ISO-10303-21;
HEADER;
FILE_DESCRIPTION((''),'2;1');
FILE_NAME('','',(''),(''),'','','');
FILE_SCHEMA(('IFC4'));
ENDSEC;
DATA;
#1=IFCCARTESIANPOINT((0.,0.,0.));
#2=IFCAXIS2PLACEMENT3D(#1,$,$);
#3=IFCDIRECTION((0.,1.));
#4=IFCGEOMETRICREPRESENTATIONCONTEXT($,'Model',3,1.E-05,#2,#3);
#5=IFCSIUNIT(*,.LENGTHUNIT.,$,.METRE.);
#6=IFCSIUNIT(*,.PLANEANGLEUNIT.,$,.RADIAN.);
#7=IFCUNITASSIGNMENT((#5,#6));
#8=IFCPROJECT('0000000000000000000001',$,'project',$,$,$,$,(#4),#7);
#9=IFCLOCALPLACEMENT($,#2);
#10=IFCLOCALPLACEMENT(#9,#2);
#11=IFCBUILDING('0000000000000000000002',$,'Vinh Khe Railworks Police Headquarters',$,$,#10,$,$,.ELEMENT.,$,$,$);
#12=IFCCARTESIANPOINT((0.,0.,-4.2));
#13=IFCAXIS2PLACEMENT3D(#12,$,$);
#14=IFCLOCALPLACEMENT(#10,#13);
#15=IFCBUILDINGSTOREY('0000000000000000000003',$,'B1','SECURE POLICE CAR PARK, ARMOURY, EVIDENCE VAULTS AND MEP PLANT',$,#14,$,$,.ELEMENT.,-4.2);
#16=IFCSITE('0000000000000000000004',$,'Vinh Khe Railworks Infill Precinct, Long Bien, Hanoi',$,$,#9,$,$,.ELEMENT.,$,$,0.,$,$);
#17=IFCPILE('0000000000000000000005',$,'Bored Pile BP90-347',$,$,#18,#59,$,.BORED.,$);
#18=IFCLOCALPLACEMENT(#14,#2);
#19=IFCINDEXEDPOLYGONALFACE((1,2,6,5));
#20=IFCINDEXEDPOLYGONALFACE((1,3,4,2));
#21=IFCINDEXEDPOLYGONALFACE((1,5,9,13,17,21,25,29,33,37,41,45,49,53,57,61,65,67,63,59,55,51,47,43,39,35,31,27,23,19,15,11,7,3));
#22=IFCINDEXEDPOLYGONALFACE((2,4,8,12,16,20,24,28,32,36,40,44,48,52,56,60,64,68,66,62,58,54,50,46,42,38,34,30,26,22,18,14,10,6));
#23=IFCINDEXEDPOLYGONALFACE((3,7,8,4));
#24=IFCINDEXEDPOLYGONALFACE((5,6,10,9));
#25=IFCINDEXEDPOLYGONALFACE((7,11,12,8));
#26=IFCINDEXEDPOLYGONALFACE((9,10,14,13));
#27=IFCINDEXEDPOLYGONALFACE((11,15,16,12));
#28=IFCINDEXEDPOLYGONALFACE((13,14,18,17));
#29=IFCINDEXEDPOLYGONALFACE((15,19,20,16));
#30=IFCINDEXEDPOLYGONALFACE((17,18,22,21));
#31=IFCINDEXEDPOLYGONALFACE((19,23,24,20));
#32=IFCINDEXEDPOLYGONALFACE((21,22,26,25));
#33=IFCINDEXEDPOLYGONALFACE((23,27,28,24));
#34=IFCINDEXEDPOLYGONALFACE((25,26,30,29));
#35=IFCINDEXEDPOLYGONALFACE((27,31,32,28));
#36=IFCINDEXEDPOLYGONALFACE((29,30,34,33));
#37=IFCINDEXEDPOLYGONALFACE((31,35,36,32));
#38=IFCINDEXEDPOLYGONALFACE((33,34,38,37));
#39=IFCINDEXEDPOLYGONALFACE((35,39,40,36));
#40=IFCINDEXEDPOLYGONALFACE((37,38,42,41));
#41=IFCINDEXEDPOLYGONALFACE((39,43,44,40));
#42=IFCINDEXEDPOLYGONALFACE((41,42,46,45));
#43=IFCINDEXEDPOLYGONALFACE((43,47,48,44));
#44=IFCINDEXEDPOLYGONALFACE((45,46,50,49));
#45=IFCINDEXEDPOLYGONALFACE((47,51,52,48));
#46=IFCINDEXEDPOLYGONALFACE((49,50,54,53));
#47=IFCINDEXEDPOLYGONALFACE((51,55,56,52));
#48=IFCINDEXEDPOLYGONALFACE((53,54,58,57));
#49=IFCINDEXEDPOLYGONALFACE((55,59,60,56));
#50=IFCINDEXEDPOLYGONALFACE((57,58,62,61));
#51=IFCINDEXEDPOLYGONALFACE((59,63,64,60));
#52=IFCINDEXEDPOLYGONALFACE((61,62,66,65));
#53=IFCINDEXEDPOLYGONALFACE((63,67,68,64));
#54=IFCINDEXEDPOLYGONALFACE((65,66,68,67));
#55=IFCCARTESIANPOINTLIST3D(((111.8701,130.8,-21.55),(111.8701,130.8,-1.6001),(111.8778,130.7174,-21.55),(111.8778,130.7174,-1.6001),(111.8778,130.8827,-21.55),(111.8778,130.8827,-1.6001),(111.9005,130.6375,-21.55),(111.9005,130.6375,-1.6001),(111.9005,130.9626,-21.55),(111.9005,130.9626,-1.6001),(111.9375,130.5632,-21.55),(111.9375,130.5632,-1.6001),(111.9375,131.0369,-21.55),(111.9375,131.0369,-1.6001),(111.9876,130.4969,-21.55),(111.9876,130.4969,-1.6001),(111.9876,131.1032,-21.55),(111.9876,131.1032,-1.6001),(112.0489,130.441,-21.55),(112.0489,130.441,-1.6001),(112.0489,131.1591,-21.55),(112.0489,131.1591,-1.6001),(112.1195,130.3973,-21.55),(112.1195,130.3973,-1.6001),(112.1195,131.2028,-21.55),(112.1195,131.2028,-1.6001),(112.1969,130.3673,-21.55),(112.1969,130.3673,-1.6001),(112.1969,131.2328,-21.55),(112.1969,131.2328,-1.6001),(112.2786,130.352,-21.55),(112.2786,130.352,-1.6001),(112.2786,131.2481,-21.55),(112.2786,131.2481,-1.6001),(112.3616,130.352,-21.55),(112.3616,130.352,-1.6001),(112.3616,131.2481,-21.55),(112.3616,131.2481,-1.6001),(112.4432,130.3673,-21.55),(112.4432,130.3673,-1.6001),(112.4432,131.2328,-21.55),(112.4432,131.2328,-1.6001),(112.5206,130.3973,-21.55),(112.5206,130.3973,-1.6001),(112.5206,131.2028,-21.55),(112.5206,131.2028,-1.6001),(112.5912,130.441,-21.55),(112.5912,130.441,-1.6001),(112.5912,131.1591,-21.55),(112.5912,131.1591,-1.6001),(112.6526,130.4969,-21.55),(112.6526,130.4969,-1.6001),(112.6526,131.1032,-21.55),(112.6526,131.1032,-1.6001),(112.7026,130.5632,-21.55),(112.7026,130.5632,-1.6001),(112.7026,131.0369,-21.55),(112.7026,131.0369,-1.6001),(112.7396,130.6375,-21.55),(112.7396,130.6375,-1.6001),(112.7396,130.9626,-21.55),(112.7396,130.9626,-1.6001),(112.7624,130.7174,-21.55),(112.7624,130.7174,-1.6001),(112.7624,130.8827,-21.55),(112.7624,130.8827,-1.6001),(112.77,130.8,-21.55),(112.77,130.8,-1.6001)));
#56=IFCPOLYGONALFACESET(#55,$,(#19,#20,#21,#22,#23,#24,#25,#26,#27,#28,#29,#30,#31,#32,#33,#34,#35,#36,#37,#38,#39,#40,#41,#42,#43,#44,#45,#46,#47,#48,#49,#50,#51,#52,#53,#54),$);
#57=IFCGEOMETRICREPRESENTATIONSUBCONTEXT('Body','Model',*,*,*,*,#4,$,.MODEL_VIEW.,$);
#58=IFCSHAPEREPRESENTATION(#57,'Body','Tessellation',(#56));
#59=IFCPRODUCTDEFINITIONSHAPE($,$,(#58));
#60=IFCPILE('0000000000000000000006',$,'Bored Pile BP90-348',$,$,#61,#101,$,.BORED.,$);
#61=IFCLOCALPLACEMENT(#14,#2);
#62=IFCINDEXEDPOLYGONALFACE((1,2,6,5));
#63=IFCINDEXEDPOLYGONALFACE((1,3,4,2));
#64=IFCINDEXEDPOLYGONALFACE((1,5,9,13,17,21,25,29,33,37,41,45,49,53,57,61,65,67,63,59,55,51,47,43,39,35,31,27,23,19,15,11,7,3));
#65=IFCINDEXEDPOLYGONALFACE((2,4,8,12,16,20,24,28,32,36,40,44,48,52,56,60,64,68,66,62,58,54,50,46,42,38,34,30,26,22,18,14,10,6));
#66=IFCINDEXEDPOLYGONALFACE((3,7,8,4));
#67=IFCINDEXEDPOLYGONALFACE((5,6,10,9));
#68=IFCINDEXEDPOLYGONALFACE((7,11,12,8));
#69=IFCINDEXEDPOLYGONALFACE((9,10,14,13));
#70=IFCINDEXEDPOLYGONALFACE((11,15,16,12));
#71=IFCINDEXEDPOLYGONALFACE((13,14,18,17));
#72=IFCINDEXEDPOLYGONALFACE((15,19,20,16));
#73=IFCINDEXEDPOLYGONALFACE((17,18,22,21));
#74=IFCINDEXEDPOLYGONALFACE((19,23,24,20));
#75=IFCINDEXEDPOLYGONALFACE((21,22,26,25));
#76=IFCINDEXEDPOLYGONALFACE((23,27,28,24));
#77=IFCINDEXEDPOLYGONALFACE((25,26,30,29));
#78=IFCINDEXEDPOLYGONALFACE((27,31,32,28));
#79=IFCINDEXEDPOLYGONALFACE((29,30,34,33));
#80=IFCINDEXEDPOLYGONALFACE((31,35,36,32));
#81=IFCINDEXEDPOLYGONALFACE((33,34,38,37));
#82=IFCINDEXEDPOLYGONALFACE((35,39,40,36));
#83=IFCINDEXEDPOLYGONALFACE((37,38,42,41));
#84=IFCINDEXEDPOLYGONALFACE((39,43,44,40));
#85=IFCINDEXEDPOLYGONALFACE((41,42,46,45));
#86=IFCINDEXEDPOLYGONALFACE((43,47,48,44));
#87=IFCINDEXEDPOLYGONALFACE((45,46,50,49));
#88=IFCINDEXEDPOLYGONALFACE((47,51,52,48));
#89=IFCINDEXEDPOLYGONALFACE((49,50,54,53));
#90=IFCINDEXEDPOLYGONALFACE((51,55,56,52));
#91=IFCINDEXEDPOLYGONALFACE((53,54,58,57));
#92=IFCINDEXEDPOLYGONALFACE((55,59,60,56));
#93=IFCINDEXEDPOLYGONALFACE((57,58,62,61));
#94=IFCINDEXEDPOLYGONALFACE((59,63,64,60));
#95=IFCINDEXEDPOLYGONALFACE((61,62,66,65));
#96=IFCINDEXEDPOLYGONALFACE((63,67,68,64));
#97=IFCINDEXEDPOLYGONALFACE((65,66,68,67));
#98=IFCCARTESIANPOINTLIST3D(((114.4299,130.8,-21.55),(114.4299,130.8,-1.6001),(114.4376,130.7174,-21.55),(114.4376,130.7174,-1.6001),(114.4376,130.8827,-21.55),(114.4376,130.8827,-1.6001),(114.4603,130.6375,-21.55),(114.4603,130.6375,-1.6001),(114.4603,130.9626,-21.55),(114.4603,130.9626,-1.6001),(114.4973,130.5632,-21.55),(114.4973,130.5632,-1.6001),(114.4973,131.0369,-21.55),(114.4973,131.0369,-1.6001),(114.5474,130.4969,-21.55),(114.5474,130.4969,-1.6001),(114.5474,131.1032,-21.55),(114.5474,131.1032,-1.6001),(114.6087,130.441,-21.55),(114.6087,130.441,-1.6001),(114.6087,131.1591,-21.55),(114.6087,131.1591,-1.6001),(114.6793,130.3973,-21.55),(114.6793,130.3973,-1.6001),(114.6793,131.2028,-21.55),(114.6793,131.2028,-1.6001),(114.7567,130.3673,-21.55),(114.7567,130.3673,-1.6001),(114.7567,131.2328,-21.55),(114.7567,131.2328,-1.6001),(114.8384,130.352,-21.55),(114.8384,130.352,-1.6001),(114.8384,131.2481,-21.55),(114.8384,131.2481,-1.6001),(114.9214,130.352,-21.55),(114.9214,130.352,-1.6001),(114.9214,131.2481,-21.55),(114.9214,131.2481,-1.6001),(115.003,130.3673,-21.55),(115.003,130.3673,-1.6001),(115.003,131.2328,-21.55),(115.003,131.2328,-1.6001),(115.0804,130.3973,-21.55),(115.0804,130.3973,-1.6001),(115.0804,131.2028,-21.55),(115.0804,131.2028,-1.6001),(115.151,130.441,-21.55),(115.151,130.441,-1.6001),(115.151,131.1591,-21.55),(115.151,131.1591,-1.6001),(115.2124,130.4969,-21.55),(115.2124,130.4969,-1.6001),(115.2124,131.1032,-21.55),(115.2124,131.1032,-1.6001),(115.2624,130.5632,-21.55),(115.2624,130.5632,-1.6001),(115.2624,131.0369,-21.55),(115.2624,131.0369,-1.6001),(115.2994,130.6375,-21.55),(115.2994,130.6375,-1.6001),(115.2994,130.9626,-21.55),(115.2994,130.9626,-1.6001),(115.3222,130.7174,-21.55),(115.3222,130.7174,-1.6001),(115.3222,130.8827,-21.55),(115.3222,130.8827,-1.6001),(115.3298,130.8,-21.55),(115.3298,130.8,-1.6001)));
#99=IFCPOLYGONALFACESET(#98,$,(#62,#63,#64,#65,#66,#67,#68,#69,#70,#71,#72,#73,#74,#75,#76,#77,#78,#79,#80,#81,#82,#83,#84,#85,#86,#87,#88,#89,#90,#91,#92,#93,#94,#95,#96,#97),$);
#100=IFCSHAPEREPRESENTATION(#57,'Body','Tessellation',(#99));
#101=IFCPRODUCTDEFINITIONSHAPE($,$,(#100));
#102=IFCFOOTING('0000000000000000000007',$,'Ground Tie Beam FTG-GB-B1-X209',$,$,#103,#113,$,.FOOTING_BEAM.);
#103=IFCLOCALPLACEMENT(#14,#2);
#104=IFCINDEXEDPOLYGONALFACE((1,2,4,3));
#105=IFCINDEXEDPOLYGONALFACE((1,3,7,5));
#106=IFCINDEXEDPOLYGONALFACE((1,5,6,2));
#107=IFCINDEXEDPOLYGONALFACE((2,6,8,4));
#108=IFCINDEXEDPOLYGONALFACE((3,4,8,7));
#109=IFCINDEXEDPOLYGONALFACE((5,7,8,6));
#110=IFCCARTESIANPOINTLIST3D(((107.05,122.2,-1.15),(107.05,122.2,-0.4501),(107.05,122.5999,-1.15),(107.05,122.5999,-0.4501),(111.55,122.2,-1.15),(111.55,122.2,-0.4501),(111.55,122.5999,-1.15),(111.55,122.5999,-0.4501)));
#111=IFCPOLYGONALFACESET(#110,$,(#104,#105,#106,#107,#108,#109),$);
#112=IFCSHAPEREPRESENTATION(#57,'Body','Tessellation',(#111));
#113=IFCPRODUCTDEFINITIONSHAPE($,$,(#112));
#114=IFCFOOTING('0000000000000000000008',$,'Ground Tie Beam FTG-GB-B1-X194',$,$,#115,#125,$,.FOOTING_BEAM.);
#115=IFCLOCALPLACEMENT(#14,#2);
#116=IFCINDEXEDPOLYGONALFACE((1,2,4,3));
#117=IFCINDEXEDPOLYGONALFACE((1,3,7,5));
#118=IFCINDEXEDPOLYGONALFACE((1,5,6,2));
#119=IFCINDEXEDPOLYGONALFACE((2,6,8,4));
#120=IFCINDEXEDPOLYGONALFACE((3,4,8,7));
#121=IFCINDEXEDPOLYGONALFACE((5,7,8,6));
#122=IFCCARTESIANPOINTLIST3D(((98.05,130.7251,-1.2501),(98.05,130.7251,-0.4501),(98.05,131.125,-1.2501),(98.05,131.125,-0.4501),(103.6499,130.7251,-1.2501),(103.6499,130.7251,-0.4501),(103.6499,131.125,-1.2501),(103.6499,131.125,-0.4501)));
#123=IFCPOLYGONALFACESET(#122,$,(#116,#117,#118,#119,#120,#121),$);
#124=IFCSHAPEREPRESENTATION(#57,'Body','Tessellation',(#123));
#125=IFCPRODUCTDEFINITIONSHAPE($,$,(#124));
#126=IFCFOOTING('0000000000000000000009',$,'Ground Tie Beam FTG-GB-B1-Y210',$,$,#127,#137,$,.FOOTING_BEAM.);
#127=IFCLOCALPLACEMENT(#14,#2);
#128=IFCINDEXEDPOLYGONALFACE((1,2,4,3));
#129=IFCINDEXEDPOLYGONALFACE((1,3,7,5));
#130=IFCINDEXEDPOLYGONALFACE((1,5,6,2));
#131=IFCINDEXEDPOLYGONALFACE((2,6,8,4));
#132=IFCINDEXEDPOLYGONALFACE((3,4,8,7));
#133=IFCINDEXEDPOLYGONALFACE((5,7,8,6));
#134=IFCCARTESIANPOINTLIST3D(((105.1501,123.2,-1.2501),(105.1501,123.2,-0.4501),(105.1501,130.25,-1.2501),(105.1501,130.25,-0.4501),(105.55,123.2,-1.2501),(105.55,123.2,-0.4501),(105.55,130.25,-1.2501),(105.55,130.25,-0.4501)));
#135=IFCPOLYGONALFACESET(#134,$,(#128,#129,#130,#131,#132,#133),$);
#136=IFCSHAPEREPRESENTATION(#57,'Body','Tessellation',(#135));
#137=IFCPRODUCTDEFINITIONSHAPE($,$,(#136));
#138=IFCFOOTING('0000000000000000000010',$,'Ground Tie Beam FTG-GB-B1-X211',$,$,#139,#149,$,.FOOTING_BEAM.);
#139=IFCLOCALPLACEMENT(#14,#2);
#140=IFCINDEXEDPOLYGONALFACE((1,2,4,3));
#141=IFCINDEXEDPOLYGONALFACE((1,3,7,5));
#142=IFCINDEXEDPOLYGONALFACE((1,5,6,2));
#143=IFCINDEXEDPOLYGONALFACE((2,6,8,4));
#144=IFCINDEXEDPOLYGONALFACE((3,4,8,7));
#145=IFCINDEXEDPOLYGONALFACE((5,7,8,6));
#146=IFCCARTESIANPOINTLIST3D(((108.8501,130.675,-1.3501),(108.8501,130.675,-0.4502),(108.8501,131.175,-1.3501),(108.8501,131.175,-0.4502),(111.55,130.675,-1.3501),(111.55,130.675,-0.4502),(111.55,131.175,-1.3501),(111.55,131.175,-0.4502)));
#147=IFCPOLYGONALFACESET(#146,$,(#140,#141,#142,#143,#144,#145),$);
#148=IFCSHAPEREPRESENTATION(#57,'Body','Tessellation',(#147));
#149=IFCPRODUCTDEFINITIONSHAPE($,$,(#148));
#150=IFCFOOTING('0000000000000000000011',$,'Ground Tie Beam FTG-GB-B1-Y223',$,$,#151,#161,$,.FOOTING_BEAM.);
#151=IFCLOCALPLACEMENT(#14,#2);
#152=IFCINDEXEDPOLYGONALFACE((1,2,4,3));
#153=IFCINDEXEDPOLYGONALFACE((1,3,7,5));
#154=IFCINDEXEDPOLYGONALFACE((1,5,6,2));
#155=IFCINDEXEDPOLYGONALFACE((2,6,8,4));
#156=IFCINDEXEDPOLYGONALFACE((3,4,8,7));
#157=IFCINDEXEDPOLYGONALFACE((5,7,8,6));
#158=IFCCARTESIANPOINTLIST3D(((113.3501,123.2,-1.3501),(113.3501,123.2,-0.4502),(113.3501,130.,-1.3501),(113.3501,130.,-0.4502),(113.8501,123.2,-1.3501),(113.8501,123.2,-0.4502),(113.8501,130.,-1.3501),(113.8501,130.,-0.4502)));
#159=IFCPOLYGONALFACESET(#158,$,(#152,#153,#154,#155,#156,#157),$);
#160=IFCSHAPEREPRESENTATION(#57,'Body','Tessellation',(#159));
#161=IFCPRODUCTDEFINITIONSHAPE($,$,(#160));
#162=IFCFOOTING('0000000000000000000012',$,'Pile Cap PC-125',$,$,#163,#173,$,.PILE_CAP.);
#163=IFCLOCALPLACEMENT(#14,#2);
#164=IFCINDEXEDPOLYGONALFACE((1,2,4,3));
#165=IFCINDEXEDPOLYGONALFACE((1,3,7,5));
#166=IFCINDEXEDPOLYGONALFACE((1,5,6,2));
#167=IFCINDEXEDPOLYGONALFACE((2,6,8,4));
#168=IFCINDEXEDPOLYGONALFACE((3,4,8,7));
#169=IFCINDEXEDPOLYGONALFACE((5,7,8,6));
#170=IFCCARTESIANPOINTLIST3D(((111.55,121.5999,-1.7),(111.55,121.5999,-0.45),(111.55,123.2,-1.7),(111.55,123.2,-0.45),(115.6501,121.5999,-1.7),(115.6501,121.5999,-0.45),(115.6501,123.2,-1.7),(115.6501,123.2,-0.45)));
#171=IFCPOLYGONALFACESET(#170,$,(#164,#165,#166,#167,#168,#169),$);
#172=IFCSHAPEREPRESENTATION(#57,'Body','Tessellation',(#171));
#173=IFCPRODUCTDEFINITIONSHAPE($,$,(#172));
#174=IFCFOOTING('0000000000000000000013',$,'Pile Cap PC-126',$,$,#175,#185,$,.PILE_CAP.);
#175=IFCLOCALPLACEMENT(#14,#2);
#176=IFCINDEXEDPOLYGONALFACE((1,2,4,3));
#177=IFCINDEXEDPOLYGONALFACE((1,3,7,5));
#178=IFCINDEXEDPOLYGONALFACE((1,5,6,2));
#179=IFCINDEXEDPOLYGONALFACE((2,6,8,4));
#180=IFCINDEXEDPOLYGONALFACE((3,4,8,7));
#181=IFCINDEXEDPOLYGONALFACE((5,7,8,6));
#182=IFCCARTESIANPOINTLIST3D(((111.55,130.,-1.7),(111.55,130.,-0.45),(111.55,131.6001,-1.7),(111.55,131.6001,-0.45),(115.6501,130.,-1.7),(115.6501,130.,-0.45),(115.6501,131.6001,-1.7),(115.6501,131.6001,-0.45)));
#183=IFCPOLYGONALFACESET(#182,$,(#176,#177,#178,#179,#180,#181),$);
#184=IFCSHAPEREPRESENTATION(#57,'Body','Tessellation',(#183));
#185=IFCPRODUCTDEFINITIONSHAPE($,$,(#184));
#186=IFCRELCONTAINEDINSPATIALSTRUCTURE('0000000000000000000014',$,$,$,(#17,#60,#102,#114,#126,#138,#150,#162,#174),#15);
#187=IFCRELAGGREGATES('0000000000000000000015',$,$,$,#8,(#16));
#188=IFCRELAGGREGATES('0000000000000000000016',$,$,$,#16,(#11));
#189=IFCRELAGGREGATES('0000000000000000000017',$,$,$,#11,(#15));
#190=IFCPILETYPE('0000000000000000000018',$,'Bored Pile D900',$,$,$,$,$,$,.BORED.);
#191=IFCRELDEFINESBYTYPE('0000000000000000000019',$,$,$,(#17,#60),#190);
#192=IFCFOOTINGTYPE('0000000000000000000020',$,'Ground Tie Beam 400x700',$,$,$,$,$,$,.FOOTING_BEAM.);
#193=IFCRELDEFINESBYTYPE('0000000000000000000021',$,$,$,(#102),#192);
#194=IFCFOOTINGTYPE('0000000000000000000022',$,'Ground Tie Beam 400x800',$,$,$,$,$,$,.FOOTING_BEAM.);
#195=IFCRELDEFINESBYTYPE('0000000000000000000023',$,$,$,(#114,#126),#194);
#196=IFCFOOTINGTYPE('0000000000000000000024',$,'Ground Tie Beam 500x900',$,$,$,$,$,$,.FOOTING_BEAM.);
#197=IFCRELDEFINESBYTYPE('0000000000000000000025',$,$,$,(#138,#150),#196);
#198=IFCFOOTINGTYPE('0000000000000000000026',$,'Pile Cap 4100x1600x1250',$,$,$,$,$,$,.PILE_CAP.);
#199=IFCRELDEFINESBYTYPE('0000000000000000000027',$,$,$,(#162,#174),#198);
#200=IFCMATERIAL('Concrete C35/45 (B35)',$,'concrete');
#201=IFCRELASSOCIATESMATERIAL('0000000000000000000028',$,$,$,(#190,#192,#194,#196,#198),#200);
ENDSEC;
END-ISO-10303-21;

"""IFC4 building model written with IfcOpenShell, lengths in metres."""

from ifc_helpers import new_model, si_unit, direction, frame, origin, origin_2d, place, context, subcontext, project, spatial, rectangle, circle, extrude, material, material_profile, profile_set, type_object, element, save


model = new_model("IFC4")

# Units and contexts
model_context = context("Model", 3, precision=1e-05, world=origin(), true_north=direction((0.0, 1.0)))
body_context = subcontext(model_context, "Body", "Model", "MODEL_VIEW")
ifc_project = project(units=[si_unit("LENGTHUNIT", "METRE"), si_unit("PLANEANGLEUNIT", "RADIAN")], contexts=[model_context])

# Site, building, storey
site_placement = place(None, origin())
site = spatial("IfcSite", under=ifc_project, at=site_placement, Name="Vinh Khe Railworks Infill Precinct, Long Bien, Hanoi", CompositionType="ELEMENT", RefElevation=0.0)
building_placement = place(site_placement, origin())
building = spatial("IfcBuilding", under=site, at=building_placement, Name="Vinh Khe Railworks Police Headquarters", CompositionType="ELEMENT")
storey_placement = place(building_placement, frame((0.0, 0.0, -4.2)))
storey = spatial("IfcBuildingStorey", under=building, at=storey_placement, Name="B1", Description="SECURE POLICE CAR PARK, ARMOURY, EVIDENCE VAULTS AND MEP PLANT", CompositionType="ELEMENT", Elevation=-4.2)

# Piles
ifc_material_1 = material(Name="Concrete C35/45 (B35)", Category="concrete")
ifc_material_profile_1 = material_profile(ifc_material_1, circle(Radius=0.45, at=origin_2d()), Name="BORED PILE D900")
ifc_profile_set_1 = profile_set([ifc_material_profile_1], Name="Concrete C35/45 (B35)")
pile_type_1 = type_object("IfcPileType", Name="Bored Pile D900", PredefinedType="BORED", material=ifc_profile_set_1)
for number, where, z_axis, x_axis, name in (
    (1, (112.3201, 130.8, -1.6001), (0.0, 0.0, -1.0), (1.0, 0.0, 0.0), "Bored Pile BP90-347"),
    (2, (114.8799, 130.8, -1.6001), (0.0, 0.0, -1.0), (1.0, 0.0, 0.0), "Bored Pile BP90-348"),
):
    element("IfcPile", number, at=place(storey_placement, frame(where, z_axis=z_axis, x_axis=x_axis)), inside=storey, type_object=pile_type_1, Name=name, PredefinedType="BORED", context=body_context, shape_type="SweptSolid", body=[
        extrude(circle(Radius=0.45, at=origin_2d()), origin(), (0.0, 0.0, 1.0), 19.95),
    ])

# Footings
ifc_material_profile_2 = material_profile(ifc_material_1, rectangle(XDim=0.3999, YDim=0.7, at=origin_2d()), Name="RC 400x700")
ifc_profile_set_2 = profile_set([ifc_material_profile_2], Name="Concrete C35/45 (B35)")
footing_type_1 = type_object("IfcFootingType", Name="Ground Tie Beam 400x700", PredefinedType="FOOTING_BEAM", material=ifc_profile_set_2)
footing_1_placement = place(storey_placement, frame((107.05, 122.3999, -0.8), z_axis=(1.0, 0.0, 0.0), x_axis=(0.0, 1.0, 0.0)))
element("IfcFooting", 3, at=footing_1_placement, inside=storey, type_object=footing_type_1, Name="Ground Tie Beam FTG-GB-B1-X209", PredefinedType="FOOTING_BEAM", context=body_context, shape_type="SweptSolid", body=[
    extrude(rectangle(XDim=0.3999, YDim=0.7, at=origin_2d()), origin(), (0.0, 0.0, 1.0), 4.5),
])
ifc_material_profile_3 = material_profile(ifc_material_1, rectangle(XDim=0.3999, YDim=0.8, at=origin_2d()), Name="RC 400x800")
ifc_profile_set_3 = profile_set([ifc_material_profile_3], Name="Concrete C35/45 (B35)")
footing_type_2 = type_object("IfcFootingType", Name="Ground Tie Beam 400x800", PredefinedType="FOOTING_BEAM", material=ifc_profile_set_3)
footing_2_placement = place(storey_placement, frame((98.05, 130.925, -0.8501), z_axis=(1.0, 0.0, 0.0), x_axis=(0.0, 1.0, 0.0)))
element("IfcFooting", 4, at=footing_2_placement, inside=storey, type_object=footing_type_2, Name="Ground Tie Beam FTG-GB-B1-X194", PredefinedType="FOOTING_BEAM", context=body_context, shape_type="SweptSolid", body=[
    extrude(rectangle(XDim=0.3999, YDim=0.8, at=origin_2d()), origin(), (0.0, 0.0, 1.0), 5.5999),
])
footing_3_placement = place(storey_placement, frame((105.3501, 123.2, -0.8501), z_axis=(0.0, 1.0, 0.0), x_axis=(-1.0, 0.0, 0.0)))
element("IfcFooting", 5, at=footing_3_placement, inside=storey, type_object=footing_type_2, Name="Ground Tie Beam FTG-GB-B1-Y210", PredefinedType="FOOTING_BEAM", context=body_context, shape_type="SweptSolid", body=[
    extrude(rectangle(XDim=0.3999, YDim=0.8, at=origin_2d()), origin(), (0.0, 0.0, 1.0), 7.05),
])
ifc_material_profile_4 = material_profile(ifc_material_1, rectangle(XDim=0.5, YDim=0.8999, at=origin_2d()), Name="RC 500x900")
ifc_profile_set_4 = profile_set([ifc_material_profile_4], Name="Concrete C35/45 (B35)")
footing_type_3 = type_object("IfcFootingType", Name="Ground Tie Beam 500x900", PredefinedType="FOOTING_BEAM", material=ifc_profile_set_4)
footing_4_placement = place(storey_placement, frame((108.8501, 130.925, -0.9001), z_axis=(1.0, 0.0, 0.0), x_axis=(0.0, 1.0, 0.0)))
element("IfcFooting", 6, at=footing_4_placement, inside=storey, type_object=footing_type_3, Name="Ground Tie Beam FTG-GB-B1-X211", PredefinedType="FOOTING_BEAM", context=body_context, shape_type="SweptSolid", body=[
    extrude(rectangle(XDim=0.5, YDim=0.8999, at=origin_2d()), origin(), (0.0, 0.0, 1.0), 2.7),
])
footing_5_placement = place(storey_placement, frame((113.6001, 123.2, -0.9001), z_axis=(0.0, 1.0, 0.0), x_axis=(-1.0, 0.0, 0.0)))
element("IfcFooting", 7, at=footing_5_placement, inside=storey, type_object=footing_type_3, Name="Ground Tie Beam FTG-GB-B1-Y223", PredefinedType="FOOTING_BEAM", context=body_context, shape_type="SweptSolid", body=[
    extrude(rectangle(XDim=0.5, YDim=0.8999, at=origin_2d()), origin(), (0.0, 0.0, 1.0), 6.8),
])
footing_type_4 = type_object("IfcFootingType", Name="Pile Cap 4100x1600x1250", PredefinedType="PILE_CAP", material=ifc_material_1)
for number, where, z_axis, x_axis, name in (
    (8, (113.6001, 122.3999, -1.7), (0.0, 0.0, 1.0), (1.0, 0.0, 0.0), "Pile Cap PC-125"),
    (9, (113.6001, 130.8, -1.7), (0.0, 0.0, 1.0), (1.0, 0.0, 0.0), "Pile Cap PC-126"),
):
    element("IfcFooting", number, at=place(storey_placement, frame(where, z_axis=z_axis, x_axis=x_axis)), inside=storey, type_object=footing_type_4, Name=name, PredefinedType="PILE_CAP", context=body_context, shape_type="SweptSolid", body=[
        extrude(rectangle(XDim=4.1001, YDim=1.6001, at=origin_2d()), origin(), (0.0, 0.0, 1.0), 1.25),
    ])

save(model, "model.ifc")
